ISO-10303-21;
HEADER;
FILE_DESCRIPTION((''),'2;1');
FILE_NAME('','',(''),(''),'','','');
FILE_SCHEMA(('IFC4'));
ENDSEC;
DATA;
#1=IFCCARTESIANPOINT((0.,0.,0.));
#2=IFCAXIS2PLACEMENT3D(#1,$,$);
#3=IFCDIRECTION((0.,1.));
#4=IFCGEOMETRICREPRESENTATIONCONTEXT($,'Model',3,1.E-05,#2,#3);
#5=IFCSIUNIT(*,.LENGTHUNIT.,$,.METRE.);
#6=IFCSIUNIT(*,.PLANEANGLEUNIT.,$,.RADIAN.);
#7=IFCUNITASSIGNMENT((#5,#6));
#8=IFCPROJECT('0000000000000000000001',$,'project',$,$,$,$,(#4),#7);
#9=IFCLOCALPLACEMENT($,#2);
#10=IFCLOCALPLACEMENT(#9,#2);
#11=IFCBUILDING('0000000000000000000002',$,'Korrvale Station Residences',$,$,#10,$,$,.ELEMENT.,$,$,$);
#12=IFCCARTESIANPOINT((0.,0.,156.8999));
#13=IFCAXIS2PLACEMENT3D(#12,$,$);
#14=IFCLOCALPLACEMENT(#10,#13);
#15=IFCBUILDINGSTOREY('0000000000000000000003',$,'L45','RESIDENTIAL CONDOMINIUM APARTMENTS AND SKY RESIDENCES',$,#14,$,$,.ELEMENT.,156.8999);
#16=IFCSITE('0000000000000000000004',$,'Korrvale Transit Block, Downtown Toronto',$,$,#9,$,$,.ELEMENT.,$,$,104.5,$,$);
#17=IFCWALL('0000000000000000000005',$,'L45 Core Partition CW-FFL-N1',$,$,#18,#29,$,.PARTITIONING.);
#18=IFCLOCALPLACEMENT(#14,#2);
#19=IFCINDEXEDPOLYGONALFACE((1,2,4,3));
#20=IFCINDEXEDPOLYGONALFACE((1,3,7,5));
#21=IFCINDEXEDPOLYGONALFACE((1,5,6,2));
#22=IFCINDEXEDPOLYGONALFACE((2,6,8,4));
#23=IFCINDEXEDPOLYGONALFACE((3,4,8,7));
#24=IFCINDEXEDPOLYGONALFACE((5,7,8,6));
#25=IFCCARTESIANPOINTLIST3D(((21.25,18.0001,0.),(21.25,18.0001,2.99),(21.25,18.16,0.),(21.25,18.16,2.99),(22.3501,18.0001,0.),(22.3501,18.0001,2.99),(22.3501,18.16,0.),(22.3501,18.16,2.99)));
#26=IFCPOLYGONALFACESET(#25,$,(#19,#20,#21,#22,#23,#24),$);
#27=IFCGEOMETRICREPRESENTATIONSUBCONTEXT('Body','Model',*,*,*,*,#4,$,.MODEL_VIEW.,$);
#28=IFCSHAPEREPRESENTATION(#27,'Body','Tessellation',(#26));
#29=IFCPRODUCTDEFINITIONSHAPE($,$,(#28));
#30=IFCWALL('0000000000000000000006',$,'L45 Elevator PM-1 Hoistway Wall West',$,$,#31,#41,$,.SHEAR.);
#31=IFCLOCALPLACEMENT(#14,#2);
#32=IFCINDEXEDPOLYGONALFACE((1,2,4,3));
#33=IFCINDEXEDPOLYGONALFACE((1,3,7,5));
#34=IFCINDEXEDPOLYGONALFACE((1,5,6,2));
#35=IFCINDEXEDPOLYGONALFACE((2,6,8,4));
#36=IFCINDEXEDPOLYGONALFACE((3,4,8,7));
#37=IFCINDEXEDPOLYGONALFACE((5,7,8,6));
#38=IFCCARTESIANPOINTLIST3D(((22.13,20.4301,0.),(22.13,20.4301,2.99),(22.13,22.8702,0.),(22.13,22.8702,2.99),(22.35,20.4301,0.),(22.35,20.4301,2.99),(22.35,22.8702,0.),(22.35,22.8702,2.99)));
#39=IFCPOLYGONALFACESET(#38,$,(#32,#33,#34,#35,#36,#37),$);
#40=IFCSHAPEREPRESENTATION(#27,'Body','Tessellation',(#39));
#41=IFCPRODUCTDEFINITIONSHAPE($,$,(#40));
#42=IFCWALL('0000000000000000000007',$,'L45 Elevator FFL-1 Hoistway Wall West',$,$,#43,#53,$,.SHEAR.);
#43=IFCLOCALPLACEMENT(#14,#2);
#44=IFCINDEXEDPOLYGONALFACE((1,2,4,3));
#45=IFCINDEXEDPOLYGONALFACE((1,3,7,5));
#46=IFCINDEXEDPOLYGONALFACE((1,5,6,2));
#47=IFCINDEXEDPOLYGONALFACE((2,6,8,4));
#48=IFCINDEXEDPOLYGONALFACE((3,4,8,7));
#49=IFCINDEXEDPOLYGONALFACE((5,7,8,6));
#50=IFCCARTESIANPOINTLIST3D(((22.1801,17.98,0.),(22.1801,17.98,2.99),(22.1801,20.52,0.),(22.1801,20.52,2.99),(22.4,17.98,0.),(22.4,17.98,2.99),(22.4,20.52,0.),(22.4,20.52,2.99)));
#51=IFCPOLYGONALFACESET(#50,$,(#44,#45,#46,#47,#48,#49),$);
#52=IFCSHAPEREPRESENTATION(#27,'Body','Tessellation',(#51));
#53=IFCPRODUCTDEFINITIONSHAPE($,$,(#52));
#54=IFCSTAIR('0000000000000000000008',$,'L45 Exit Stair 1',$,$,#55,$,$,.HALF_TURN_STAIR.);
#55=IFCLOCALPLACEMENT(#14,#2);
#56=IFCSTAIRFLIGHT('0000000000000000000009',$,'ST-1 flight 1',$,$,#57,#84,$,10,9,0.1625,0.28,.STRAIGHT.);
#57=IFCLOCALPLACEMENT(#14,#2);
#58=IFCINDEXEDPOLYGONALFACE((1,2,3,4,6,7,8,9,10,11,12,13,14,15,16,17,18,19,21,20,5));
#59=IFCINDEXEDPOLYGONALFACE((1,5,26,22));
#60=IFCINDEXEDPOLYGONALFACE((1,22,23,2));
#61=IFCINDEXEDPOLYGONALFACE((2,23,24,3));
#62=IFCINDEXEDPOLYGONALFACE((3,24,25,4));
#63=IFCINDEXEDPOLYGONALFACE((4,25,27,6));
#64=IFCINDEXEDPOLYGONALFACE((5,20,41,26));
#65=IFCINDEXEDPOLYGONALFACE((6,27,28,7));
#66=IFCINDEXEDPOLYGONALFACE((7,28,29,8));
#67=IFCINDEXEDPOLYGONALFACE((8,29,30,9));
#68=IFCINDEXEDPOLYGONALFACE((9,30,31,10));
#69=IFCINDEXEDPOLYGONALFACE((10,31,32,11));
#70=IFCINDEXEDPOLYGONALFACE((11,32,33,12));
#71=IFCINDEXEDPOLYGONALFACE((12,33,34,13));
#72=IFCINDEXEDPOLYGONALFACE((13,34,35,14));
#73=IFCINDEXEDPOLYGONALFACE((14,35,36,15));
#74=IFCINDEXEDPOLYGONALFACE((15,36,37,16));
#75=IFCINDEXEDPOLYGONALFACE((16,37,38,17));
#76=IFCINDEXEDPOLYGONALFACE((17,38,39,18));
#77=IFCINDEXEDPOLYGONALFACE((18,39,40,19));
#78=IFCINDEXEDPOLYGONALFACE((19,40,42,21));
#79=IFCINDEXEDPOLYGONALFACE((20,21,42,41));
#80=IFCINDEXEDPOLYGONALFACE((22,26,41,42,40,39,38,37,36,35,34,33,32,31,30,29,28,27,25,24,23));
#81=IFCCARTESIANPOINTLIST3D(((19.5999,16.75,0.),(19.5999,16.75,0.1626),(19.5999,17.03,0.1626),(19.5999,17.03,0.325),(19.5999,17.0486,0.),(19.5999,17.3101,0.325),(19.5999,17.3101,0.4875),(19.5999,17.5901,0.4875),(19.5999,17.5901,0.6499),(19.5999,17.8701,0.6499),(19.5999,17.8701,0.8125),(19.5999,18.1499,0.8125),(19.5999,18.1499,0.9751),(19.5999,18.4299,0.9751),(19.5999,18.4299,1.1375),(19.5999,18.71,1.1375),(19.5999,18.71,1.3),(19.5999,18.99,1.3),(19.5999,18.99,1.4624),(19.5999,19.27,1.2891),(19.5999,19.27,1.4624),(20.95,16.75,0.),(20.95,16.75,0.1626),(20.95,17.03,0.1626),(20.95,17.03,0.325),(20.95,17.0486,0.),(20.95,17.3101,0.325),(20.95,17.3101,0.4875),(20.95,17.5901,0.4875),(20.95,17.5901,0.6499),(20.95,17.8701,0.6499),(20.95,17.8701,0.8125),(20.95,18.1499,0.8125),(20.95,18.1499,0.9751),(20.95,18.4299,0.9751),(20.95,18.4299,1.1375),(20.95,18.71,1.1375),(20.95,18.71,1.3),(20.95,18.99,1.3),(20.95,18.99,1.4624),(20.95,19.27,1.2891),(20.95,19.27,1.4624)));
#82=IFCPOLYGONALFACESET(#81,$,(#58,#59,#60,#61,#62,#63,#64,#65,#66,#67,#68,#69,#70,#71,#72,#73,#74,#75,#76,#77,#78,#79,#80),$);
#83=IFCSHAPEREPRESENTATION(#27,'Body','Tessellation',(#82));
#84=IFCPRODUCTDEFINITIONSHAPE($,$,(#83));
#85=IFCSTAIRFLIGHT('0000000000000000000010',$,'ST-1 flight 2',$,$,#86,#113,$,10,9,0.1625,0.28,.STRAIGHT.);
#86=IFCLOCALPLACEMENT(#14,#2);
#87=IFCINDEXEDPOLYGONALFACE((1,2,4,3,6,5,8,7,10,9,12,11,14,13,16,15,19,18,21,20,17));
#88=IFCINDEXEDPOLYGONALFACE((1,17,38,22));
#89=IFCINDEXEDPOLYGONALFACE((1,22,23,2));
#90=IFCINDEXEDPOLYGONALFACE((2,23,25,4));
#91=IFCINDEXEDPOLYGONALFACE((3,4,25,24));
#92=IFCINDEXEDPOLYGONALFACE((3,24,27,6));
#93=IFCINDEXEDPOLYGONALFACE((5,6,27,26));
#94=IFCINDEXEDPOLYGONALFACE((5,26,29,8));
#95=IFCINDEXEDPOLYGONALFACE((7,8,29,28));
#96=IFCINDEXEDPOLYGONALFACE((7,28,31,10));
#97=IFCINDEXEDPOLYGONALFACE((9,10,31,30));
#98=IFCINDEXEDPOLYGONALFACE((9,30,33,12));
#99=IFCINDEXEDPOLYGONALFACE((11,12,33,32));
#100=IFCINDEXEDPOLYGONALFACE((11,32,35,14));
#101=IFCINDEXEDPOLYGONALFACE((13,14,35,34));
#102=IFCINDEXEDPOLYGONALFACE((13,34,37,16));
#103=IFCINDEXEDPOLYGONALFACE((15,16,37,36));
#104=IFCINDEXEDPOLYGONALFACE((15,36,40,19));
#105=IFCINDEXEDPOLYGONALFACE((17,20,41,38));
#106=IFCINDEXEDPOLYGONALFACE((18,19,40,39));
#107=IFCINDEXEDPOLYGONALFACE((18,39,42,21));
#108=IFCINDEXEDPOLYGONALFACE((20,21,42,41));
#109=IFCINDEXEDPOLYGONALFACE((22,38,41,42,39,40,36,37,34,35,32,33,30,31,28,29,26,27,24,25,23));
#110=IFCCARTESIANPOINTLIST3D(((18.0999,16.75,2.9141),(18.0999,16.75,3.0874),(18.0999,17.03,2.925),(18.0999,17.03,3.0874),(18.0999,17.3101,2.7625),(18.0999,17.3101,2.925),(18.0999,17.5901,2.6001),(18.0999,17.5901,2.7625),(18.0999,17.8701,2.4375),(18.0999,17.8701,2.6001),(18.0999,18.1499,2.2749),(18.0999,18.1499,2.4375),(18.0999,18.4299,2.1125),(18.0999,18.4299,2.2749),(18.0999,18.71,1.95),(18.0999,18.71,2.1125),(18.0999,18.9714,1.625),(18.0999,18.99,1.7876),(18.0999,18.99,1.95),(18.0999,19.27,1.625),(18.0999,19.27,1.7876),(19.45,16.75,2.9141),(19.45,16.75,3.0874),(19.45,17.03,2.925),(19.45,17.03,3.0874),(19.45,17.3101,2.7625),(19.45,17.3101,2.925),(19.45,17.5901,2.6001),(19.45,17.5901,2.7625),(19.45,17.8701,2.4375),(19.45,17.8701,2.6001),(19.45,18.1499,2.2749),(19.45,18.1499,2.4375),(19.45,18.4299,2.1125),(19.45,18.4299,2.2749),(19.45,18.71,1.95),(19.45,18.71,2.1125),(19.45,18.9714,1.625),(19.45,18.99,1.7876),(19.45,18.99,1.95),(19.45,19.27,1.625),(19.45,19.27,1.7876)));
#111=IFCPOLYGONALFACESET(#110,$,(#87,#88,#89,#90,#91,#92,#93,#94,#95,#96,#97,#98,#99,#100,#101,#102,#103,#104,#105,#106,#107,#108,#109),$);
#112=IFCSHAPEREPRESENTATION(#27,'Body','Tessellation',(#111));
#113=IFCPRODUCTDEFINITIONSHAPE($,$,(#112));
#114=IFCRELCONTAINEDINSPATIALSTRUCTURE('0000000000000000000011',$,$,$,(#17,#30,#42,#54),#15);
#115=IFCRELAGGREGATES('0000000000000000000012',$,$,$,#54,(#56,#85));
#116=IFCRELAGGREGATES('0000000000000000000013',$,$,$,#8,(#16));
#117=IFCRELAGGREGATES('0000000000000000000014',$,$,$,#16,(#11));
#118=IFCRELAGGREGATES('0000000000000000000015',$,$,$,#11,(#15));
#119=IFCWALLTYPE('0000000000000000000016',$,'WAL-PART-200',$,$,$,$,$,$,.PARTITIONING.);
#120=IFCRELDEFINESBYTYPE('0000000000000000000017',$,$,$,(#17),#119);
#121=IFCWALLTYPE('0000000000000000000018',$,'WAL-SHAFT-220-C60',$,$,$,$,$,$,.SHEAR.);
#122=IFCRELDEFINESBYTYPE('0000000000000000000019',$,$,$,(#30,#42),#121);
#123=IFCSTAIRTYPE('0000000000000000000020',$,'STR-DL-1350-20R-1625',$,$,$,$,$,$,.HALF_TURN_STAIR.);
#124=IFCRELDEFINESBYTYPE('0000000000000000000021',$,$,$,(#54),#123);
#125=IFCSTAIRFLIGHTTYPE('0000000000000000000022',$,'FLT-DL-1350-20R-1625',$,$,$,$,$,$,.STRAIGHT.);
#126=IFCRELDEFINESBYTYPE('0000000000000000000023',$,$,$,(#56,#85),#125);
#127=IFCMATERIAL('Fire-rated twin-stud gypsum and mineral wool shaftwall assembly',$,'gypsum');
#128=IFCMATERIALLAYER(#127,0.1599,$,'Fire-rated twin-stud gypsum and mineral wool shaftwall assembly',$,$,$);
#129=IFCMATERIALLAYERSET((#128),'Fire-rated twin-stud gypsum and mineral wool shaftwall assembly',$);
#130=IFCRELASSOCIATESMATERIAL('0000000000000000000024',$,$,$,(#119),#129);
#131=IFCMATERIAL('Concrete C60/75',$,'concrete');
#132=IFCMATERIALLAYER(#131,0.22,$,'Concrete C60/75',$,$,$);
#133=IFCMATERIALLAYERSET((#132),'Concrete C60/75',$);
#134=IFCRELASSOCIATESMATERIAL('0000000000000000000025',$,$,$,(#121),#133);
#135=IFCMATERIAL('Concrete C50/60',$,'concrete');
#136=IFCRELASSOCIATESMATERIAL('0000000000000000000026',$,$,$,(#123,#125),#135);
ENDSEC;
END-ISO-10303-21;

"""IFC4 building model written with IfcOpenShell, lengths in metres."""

from ifc_helpers import new_model, si_unit, direction, frame, frame_2d, origin, place, context, subcontext, project, spatial, polyline, rectangle, outline, extrude, material, layer, layer_set, type_object, element, aggregate, save


model = new_model("IFC4")

# Units and contexts
model_context = context("Model", 3, precision=1e-05, world=origin(), true_north=direction((0.0, 1.0)))
body_context = subcontext(model_context, "Body", "Model", "MODEL_VIEW")
ifc_project = project(units=[si_unit("LENGTHUNIT", "METRE"), si_unit("PLANEANGLEUNIT", "RADIAN")], contexts=[model_context])

# Site, building, storey
site_placement = place(None, origin())
site = spatial("IfcSite", under=ifc_project, at=site_placement, Name="Korrvale Transit Block, Downtown Toronto", CompositionType="ELEMENT", RefElevation=104.5)
building_placement = place(site_placement, origin())
building = spatial("IfcBuilding", under=site, at=building_placement, Name="Korrvale Station Residences", CompositionType="ELEMENT")
storey_placement = place(building_placement, frame((0.0, 0.0, 156.8999)))
storey = spatial("IfcBuildingStorey", under=building, at=storey_placement, Name="L45", Description="RESIDENTIAL CONDOMINIUM APARTMENTS AND SKY RESIDENCES", CompositionType="ELEMENT", Elevation=156.8999)

# Shared definitions
ifc_material_1 = material(Name="Concrete C60/75", Category="concrete")

# Walls
ifc_material_2 = material(Name="Fire-rated twin-stud gypsum and mineral wool shaftwall assembly", Category="gypsum")
ifc_layer_1 = layer(ifc_material_2, 0.1599, Name="Fire-rated twin-stud gypsum and mineral wool shaftwall assembly")
ifc_layer_set_1 = layer_set([ifc_layer_1], Name="Fire-rated twin-stud gypsum and mineral wool shaftwall assembly")
wall_type_1 = type_object("IfcWallType", Name="WAL-PART-200", PredefinedType="PARTITIONING", material=ifc_layer_set_1)
wall_1_placement = place(storey_placement, frame((21.25, 18.0801, 0.0), z_axis=(0.0, 0.0, 1.0), x_axis=(1.0, 0.0, 0.0)))
element("IfcWall", 1, at=wall_1_placement, inside=storey, type_object=wall_type_1, Name="L45 Core Partition CW-FFL-N1", PredefinedType="PARTITIONING", context=body_context, shape_type="SweptSolid", body=[
    extrude(rectangle(XDim=1.1001, YDim=0.1599, at=frame_2d((0.55, 0.0))), origin(), (0.0, 0.0, 1.0), 2.99),
])
ifc_layer_2 = layer(ifc_material_1, 0.22, Name="Concrete C60/75")
ifc_layer_set_2 = layer_set([ifc_layer_2], Name="Concrete C60/75")
wall_type_2 = type_object("IfcWallType", Name="WAL-SHAFT-220-C60", PredefinedType="SHEAR", material=ifc_layer_set_2)
wall_2_placement = place(storey_placement, frame((22.24, 20.4299, 0.0), z_axis=(0.0, 0.0, 1.0), x_axis=(0.0, 1.0, 0.0)))
element("IfcWall", 2, at=wall_2_placement, inside=storey, type_object=wall_type_2, Name="L45 Elevator PM-1 Hoistway Wall West", PredefinedType="SHEAR", context=body_context, shape_type="SweptSolid", body=[
    extrude(rectangle(XDim=2.4402, YDim=0.22, at=frame_2d((1.2202, 0.0))), origin(), (0.0, 0.0, 1.0), 2.99),
])

# Wall
wall_3_placement = place(storey_placement, frame((22.29, 17.98, 0.0), z_axis=(0.0, 0.0, 1.0), x_axis=(0.0, 1.0, 0.0)))
element("IfcWall", 3, at=wall_3_placement, inside=storey, type_object=wall_type_2, Name="L45 Elevator FFL-1 Hoistway Wall West", PredefinedType="SHEAR", context=body_context, shape_type="SweptSolid", body=[
    extrude(rectangle(XDim=2.54, YDim=0.22, at=frame_2d((1.27, 0.0))), origin(), (0.0, 0.0, 1.0), 2.99),
])

# Stair, stair flights
ifc_material_3 = material(Name="Concrete C50/60", Category="concrete")
stair_type = type_object("IfcStairType", Name="STR-DL-1350-20R-1625", PredefinedType="HALF_TURN_STAIR", material=ifc_material_3)
stair_placement = place(storey_placement, origin())
stair = element("IfcStair", 4, at=stair_placement, inside=storey, type_object=stair_type, Name="L45 Exit Stair 1", PredefinedType="HALF_TURN_STAIR")
stair_flight_type = type_object("IfcStairFlightType", Name="FLT-DL-1350-20R-1625", PredefinedType="STRAIGHT", material=ifc_material_3)
stair_flight_1_placement = place(storey_placement, frame((20.2749, 16.75, 0.0), z_axis=(0.0, 0.0, 1.0), x_axis=(0.0, 1.0, 0.0)))
stair_flight_1 = element("IfcStairFlight", 5, at=stair_flight_1_placement, type_object=stair_flight_type, Name="ST-1 flight 1", NumberOfRisers=10, NumberOfTreads=9, PredefinedType="STRAIGHT", RiserHeight=0.1625, TreadLength=0.28, context=body_context, shape_type="SweptSolid", body=[
    extrude(outline(polyline([(0.0, 0.0), (0.0, 0.1626), (0.28, 0.1626), (0.28, 0.325), (0.5601, 0.325), (0.5601, 0.4875), (0.8401, 0.4875), (0.8401, 0.6499), (1.1201, 0.6499), (1.1201, 0.8125), (1.3999, 0.8125), (1.3999, 0.9751), (1.6799, 0.9751), (1.6799, 1.1375), (1.96, 1.1375), (1.96, 1.3), (2.24, 1.3), (2.24, 1.4624), (2.52, 1.4624), (2.52, 1.625), (2.52, 1.2891), (0.2986, 0.0), (0.0, 0.0)])), frame((0.0, 0.675, 0.0), z_axis=(0.0, -1.0, 0.0), x_axis=(1.0, 0.0, 0.0)), (0.0, 0.0, 1.0), 1.3501),
])
stair_flight_2_placement = place(storey_placement, frame((18.7749, 19.27, 1.625), z_axis=(0.0, 0.0, 1.0), x_axis=(0.0, -1.0, 0.0)))
stair_flight_2 = element("IfcStairFlight", 6, at=stair_flight_2_placement, type_object=stair_flight_type, Name="ST-1 flight 2", NumberOfRisers=10, NumberOfTreads=9, PredefinedType="STRAIGHT", RiserHeight=0.1625, TreadLength=0.28, context=body_context, shape_type="SweptSolid", body=[
    extrude(outline(polyline([(0.0, 0.0), (0.0, 0.1626), (0.28, 0.1626), (0.28, 0.325), (0.5601, 0.325), (0.5601, 0.4875), (0.8401, 0.4875), (0.8401, 0.6499), (1.1201, 0.6499), (1.1201, 0.8125), (1.3999, 0.8125), (1.3999, 0.9751), (1.6799, 0.9751), (1.6799, 1.1375), (1.96, 1.1375), (1.96, 1.3), (2.24, 1.3), (2.24, 1.4624), (2.52, 1.4624), (2.52, 1.625), (2.52, 1.2891), (0.2986, 0.0), (0.0, 0.0)])), frame((0.0, 0.675, 0.0), z_axis=(0.0, -1.0, 0.0), x_axis=(1.0, 0.0, 0.0)), (0.0, 0.0, 1.0), 1.3501),
])
aggregate(stair, [stair_flight_1, stair_flight_2])

save(model, "model.ifc")
